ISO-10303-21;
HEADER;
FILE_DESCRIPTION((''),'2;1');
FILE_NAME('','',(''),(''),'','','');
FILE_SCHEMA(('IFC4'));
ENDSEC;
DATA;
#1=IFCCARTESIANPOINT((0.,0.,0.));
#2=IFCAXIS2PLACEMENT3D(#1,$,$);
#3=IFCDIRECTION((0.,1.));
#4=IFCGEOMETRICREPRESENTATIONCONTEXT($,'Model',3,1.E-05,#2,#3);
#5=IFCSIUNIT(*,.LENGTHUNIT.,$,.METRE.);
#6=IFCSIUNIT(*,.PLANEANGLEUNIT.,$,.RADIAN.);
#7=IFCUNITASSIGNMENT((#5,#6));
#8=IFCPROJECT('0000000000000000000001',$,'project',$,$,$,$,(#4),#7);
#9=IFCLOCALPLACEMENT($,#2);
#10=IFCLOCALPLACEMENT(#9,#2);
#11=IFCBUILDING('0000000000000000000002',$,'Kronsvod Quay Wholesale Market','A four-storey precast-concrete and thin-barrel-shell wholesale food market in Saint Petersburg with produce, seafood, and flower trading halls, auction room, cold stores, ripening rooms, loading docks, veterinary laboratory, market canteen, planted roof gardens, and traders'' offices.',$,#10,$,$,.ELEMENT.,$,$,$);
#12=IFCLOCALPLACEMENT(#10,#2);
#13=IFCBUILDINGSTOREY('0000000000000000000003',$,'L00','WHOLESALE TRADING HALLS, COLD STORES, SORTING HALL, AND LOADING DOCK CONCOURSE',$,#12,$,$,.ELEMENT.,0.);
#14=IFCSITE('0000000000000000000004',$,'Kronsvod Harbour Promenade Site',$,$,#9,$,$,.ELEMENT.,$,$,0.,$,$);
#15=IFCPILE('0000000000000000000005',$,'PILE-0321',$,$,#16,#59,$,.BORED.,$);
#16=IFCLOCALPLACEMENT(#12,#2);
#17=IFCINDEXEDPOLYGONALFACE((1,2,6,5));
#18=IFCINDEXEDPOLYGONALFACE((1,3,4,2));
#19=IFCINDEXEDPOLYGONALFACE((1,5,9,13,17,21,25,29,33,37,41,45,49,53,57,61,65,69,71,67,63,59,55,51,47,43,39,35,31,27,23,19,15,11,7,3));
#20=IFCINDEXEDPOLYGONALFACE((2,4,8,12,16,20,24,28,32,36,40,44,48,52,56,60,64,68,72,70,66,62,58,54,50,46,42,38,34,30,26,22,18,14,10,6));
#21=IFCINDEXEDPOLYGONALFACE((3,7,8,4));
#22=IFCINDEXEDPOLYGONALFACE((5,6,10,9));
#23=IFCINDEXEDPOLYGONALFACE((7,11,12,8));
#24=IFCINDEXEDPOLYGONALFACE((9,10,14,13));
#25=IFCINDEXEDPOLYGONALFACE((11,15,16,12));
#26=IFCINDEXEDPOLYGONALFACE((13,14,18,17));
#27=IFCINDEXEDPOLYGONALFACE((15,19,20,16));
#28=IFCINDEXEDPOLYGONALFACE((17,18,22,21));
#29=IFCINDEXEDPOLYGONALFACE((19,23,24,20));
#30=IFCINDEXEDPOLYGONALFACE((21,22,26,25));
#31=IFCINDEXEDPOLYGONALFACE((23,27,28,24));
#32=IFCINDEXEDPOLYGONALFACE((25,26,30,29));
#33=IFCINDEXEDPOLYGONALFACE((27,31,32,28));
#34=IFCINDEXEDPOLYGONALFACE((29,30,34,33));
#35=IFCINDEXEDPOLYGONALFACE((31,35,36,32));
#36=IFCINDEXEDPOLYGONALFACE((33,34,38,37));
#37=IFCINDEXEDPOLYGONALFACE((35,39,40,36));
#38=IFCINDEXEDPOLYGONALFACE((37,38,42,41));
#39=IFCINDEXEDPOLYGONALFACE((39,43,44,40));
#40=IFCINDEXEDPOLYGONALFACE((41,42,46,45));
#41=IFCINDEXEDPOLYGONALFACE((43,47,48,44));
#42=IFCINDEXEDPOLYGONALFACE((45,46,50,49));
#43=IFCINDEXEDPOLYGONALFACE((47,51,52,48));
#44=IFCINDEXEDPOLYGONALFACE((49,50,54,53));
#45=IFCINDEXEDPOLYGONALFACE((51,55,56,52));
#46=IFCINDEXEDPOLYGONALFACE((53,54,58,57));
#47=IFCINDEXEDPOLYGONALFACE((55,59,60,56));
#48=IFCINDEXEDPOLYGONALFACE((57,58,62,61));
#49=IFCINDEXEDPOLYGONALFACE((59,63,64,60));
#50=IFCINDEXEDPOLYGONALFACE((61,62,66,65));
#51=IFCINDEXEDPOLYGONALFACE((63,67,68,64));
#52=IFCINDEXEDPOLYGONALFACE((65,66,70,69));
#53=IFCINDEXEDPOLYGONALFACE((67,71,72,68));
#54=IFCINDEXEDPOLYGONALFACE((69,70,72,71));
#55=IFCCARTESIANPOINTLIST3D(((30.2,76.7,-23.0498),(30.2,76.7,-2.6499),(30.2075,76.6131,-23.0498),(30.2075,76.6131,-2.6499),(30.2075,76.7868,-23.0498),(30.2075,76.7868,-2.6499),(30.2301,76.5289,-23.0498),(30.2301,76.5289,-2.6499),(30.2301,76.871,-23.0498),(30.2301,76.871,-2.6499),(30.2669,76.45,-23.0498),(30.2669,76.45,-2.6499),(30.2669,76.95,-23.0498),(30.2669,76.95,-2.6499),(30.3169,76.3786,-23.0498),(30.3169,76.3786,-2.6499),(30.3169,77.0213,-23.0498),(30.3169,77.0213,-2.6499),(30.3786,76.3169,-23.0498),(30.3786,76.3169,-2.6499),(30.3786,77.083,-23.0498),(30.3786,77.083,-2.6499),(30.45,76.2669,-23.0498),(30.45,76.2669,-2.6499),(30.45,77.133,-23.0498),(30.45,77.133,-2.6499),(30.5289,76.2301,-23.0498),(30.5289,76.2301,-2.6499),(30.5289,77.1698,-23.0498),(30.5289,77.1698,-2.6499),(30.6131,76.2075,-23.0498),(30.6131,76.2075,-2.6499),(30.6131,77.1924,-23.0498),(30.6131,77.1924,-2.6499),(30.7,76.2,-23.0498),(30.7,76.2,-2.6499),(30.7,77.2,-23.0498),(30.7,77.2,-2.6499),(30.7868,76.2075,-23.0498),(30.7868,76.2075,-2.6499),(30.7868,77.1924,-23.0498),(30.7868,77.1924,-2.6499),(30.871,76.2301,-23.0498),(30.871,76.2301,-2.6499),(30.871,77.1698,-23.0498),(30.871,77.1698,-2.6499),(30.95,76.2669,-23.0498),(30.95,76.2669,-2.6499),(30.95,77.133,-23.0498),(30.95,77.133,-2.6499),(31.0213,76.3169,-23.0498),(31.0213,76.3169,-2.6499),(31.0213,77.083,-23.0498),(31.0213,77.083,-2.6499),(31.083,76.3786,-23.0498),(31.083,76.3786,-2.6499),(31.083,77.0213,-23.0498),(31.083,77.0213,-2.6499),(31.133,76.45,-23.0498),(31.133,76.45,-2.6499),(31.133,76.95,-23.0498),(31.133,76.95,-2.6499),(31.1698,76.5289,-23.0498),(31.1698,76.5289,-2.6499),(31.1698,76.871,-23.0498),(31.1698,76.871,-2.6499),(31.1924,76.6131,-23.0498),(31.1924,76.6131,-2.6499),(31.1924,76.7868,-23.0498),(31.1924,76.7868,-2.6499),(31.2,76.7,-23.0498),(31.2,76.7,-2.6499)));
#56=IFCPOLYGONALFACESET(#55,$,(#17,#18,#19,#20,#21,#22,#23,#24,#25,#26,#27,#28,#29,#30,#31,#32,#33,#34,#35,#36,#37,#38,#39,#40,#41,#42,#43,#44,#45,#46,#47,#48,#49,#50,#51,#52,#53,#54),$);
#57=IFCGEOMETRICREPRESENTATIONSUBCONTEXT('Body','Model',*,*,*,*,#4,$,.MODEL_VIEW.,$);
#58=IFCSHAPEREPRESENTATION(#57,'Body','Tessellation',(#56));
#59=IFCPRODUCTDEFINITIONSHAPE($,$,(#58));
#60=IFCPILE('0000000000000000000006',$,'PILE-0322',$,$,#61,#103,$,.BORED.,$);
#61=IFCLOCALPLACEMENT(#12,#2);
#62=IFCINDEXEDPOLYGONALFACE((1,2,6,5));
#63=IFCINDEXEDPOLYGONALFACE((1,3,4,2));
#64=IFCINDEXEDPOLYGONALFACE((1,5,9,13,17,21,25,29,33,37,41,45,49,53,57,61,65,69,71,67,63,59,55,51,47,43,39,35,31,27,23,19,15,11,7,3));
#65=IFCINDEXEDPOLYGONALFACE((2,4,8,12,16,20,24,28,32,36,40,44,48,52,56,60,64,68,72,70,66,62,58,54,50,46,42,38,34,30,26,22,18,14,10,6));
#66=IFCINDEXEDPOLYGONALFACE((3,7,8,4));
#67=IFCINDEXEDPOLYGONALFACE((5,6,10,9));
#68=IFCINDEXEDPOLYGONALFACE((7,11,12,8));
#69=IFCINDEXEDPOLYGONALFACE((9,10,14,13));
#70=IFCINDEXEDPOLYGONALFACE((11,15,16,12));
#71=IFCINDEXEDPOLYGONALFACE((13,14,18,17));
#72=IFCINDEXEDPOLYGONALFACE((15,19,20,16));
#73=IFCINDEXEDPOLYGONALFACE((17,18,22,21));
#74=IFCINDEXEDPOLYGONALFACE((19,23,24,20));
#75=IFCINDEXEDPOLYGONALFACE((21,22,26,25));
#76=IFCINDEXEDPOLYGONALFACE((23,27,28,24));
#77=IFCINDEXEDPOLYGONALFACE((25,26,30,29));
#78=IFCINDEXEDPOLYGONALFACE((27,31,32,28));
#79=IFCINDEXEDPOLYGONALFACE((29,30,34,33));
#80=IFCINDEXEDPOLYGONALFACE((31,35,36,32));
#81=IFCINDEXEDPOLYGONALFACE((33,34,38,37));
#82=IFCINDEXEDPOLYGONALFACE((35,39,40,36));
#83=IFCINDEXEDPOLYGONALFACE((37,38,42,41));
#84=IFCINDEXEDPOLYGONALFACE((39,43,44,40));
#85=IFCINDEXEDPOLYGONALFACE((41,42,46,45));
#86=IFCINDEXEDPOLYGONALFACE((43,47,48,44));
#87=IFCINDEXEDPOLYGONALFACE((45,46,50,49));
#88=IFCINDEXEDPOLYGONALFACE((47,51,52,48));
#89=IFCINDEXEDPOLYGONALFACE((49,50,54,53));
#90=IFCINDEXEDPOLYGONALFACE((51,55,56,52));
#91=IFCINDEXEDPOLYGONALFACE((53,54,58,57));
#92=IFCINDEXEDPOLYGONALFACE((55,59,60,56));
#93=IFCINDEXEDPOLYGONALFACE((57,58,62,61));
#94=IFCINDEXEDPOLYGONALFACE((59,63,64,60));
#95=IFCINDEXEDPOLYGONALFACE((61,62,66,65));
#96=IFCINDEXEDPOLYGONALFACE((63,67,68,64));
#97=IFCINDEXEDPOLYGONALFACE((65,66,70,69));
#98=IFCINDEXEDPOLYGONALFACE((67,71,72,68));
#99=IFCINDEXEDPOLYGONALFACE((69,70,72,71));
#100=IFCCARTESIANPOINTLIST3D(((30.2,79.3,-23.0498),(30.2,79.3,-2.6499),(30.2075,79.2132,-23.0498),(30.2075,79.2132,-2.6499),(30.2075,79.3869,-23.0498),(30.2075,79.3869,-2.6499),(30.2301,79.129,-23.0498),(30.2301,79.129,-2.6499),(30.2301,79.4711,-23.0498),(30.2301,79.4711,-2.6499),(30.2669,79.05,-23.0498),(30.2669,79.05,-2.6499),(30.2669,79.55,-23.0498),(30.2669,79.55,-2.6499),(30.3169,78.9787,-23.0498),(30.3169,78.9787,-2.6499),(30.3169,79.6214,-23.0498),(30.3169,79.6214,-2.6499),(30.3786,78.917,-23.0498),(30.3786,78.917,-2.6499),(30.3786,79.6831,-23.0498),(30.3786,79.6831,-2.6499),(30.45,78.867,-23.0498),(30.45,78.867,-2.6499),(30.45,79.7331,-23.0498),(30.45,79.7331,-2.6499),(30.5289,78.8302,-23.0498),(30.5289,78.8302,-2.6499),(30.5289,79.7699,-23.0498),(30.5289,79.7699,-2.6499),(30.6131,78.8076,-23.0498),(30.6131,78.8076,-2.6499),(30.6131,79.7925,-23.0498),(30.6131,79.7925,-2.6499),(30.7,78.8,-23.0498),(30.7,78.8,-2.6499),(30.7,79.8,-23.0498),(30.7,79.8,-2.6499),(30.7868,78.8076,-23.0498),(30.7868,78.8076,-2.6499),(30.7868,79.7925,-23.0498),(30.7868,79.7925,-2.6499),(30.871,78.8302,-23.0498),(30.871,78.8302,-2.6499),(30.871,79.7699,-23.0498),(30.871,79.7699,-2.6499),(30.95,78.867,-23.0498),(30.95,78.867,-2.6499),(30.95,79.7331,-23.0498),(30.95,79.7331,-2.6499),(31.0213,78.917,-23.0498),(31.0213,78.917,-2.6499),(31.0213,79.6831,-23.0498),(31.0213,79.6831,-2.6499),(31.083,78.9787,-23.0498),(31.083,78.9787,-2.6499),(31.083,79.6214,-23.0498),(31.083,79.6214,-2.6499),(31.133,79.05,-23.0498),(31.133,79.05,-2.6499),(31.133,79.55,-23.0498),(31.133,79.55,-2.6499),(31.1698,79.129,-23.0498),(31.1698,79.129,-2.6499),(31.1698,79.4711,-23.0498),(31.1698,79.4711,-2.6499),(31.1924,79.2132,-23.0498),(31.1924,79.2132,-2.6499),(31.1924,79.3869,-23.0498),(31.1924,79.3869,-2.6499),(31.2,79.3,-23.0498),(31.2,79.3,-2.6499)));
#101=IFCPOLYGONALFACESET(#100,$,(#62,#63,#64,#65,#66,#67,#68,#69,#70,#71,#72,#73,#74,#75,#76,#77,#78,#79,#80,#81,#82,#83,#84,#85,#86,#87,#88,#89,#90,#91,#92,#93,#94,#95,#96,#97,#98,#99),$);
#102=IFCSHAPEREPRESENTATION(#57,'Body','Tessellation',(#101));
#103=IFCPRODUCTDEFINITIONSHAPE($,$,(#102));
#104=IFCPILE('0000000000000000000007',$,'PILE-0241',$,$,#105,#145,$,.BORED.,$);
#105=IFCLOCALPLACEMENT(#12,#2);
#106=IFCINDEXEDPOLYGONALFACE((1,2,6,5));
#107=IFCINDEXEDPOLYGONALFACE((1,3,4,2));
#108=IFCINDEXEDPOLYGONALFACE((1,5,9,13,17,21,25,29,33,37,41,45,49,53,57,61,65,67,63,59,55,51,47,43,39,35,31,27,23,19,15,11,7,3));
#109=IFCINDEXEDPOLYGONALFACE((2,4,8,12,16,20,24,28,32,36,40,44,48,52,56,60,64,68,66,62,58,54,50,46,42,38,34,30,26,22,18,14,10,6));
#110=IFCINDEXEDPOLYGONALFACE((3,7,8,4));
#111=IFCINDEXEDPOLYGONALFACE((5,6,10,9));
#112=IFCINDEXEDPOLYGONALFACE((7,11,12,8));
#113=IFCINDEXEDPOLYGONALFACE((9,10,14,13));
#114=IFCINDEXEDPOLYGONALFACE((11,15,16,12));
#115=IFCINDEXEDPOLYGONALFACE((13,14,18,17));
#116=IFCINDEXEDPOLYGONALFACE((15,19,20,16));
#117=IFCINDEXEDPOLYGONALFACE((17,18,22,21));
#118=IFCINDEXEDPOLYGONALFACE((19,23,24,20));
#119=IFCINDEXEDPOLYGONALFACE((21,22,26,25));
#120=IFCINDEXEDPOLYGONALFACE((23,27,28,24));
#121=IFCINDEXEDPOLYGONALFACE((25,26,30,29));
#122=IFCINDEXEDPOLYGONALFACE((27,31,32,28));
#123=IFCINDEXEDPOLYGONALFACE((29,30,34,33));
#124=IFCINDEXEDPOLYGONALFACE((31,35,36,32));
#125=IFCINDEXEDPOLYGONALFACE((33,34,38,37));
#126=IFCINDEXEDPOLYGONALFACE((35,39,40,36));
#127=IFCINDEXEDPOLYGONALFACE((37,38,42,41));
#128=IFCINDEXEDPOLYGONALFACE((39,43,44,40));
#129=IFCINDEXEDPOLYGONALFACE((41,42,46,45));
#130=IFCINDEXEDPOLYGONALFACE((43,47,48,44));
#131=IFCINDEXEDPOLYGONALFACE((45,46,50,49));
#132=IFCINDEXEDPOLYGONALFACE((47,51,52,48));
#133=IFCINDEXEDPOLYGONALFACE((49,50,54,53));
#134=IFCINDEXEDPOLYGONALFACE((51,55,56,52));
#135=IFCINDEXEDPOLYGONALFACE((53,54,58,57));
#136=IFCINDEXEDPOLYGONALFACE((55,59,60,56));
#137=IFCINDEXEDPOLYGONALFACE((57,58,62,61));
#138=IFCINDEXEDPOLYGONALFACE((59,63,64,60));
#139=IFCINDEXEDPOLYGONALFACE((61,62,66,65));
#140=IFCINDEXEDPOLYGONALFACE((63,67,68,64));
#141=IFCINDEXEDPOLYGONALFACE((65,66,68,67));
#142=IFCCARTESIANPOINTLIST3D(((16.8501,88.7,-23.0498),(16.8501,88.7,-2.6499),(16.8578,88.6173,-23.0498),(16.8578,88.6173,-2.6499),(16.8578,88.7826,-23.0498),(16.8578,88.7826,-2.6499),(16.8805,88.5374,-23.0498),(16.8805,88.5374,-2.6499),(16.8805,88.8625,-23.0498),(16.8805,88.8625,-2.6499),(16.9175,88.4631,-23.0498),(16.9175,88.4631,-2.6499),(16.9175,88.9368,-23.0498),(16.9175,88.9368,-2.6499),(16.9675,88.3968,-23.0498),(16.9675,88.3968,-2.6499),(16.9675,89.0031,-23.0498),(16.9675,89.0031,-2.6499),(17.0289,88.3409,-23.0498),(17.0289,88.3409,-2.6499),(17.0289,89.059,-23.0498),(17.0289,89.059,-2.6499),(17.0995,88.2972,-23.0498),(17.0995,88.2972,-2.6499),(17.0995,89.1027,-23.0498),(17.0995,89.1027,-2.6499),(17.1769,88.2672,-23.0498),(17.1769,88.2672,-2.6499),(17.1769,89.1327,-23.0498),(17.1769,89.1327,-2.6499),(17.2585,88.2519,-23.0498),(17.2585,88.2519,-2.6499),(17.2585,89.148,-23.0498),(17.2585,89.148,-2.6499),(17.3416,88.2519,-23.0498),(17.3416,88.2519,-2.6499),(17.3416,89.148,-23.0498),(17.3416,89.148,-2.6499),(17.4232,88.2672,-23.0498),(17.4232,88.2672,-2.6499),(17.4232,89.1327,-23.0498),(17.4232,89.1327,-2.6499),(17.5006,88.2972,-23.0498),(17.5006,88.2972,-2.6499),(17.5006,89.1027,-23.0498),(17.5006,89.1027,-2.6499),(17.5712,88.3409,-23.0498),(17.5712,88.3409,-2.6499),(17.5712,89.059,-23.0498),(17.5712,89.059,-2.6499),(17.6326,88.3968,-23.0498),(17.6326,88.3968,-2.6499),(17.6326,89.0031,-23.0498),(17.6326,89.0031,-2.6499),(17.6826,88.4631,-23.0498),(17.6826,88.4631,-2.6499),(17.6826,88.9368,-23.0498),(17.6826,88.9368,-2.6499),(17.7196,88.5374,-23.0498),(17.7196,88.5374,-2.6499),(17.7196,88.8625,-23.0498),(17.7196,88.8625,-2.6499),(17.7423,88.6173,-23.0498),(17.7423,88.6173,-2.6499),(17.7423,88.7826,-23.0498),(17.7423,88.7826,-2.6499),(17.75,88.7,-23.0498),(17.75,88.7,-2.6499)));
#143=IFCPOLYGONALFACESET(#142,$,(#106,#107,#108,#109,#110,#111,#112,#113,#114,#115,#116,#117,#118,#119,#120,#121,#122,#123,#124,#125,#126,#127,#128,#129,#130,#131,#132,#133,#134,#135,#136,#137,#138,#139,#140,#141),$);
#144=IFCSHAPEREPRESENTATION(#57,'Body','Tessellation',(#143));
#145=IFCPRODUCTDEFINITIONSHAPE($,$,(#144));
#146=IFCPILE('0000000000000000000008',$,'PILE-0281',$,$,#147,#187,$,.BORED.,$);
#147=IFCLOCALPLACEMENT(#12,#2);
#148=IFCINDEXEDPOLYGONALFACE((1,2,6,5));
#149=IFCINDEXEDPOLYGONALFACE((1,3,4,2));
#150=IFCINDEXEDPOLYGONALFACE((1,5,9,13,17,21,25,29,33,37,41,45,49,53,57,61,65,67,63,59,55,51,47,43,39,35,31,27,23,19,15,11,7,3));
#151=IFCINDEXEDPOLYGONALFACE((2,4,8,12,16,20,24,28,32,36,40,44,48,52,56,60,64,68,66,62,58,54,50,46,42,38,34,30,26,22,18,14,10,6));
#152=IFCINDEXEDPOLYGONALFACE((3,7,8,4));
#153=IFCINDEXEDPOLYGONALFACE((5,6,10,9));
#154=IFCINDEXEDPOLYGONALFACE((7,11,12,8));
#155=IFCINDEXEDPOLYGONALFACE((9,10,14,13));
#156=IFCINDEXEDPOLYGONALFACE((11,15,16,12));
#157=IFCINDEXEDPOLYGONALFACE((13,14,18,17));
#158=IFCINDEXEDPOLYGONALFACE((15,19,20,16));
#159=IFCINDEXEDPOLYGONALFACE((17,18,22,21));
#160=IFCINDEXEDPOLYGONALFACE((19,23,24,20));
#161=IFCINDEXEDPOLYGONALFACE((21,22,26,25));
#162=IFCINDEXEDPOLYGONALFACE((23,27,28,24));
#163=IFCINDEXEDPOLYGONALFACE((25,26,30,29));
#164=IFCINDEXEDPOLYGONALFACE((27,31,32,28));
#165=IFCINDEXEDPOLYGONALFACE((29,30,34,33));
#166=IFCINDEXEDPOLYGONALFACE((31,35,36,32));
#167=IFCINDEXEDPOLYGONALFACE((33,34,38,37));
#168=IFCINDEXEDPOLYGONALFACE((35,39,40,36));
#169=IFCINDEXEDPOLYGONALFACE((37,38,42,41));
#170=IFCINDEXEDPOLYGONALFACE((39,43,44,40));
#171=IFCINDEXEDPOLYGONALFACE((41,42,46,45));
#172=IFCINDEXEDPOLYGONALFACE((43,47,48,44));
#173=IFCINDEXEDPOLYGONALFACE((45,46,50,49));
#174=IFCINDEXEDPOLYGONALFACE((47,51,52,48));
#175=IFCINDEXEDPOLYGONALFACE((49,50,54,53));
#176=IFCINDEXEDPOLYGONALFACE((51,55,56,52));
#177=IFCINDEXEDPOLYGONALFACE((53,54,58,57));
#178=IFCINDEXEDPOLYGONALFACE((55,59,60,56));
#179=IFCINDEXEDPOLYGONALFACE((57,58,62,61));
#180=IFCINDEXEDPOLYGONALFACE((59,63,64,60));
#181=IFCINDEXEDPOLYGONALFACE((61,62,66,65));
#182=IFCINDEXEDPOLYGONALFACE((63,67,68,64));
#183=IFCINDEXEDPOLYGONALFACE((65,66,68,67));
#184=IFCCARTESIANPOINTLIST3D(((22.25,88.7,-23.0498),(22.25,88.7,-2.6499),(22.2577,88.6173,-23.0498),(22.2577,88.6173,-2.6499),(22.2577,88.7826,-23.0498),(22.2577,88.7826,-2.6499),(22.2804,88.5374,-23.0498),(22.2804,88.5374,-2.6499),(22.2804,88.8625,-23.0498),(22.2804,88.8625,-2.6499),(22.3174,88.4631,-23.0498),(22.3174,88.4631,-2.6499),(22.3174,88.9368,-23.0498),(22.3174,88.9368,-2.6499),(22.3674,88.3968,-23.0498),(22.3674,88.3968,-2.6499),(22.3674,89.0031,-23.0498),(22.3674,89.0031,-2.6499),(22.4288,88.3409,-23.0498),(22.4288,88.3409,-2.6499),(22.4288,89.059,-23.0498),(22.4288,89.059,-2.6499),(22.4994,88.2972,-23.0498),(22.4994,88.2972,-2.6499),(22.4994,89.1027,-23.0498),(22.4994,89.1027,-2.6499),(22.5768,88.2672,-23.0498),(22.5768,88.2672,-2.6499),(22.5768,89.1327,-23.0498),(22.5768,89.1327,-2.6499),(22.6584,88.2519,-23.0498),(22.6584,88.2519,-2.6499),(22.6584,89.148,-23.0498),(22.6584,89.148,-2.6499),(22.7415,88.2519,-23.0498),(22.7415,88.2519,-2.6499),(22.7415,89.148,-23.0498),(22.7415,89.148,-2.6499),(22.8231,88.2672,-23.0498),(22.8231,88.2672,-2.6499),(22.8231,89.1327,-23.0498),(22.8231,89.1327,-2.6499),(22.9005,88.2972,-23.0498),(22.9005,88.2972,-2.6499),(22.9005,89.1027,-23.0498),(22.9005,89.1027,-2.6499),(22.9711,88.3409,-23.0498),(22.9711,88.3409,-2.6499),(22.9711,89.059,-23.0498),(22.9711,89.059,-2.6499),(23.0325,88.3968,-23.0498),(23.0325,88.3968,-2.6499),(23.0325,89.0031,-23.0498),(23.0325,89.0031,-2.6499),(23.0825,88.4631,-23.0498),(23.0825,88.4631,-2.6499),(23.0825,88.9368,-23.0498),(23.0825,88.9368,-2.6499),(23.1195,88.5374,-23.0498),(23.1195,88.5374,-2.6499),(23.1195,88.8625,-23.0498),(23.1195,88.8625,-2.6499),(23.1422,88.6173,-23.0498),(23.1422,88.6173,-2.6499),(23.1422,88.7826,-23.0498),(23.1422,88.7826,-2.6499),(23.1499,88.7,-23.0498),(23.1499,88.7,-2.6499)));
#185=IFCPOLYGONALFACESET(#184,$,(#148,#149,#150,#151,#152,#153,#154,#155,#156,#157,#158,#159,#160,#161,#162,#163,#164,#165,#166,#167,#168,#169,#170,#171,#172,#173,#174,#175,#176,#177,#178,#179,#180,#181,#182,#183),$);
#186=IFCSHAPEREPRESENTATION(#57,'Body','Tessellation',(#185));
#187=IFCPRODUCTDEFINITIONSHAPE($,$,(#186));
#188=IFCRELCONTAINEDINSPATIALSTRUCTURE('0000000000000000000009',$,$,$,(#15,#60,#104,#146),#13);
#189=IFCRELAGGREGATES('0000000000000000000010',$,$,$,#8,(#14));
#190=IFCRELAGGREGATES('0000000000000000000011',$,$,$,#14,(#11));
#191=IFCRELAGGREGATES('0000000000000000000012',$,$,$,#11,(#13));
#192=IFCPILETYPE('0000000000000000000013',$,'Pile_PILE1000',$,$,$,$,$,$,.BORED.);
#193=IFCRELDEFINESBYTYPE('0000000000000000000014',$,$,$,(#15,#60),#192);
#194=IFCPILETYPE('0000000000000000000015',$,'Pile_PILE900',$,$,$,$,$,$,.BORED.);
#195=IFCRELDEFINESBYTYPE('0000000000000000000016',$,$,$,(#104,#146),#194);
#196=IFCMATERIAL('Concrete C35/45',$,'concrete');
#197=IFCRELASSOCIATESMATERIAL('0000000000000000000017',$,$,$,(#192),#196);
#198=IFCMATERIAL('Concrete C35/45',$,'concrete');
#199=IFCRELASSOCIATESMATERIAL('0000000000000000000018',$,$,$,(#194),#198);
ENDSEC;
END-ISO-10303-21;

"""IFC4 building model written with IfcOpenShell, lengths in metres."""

from ifc_helpers import new_model, si_unit, direction, frame, origin, origin_2d, place, context, subcontext, project, spatial, circle, extrude, material, material_profile, profile_set, type_object, element, save


model = new_model("IFC4")

# Units and contexts
model_context = context("Model", 3, precision=1e-05, world=origin(), true_north=direction((0.0, 1.0)))
body_context = subcontext(model_context, "Body", "Model", "MODEL_VIEW")
ifc_project = project(units=[si_unit("LENGTHUNIT", "METRE"), si_unit("PLANEANGLEUNIT", "RADIAN")], contexts=[model_context])

# Site, building, storey
site_placement = place(None, origin())
site = spatial("IfcSite", under=ifc_project, at=site_placement, Name="Kronsvod Harbour Promenade Site", CompositionType="ELEMENT", RefElevation=0.0)
building_placement = place(site_placement, origin())
building = spatial("IfcBuilding", under=site, at=building_placement, Name="Kronsvod Quay Wholesale Market", Description="A four-storey precast-concrete and thin-barrel-shell wholesale food market in Saint Petersburg with produce, seafood, and flower trading halls, auction room, cold stores, ripening rooms, loading docks, veterinary laboratory, market canteen, planted roof gardens, and traders' offices.", CompositionType="ELEMENT")
storey_placement = place(building_placement, origin())
storey = spatial("IfcBuildingStorey", under=building, at=storey_placement, Name="L00", Description="WHOLESALE TRADING HALLS, COLD STORES, SORTING HALL, AND LOADING DOCK CONCOURSE", CompositionType="ELEMENT", Elevation=0.0)

# Piles
ifc_material_1 = material(Name="Concrete C35/45", Category="concrete")
ifc_material_profile_1 = material_profile(ifc_material_1, circle(Radius=0.5, at=origin_2d()), Name="PILE1000")
ifc_profile_set_1 = profile_set([ifc_material_profile_1], Name="Concrete C35/45")
pile_type_1 = type_object("IfcPileType", Name="Pile_PILE1000", PredefinedType="BORED", material=ifc_profile_set_1)
for number, where, z_axis, x_axis, name in (
    (1, (30.7, 76.7, -2.6499), (0.0, 0.0, -1.0), (1.0, 0.0, 0.0), "PILE-0321"),
    (2, (30.7, 79.3, -2.6499), (0.0, 0.0, -1.0), (1.0, 0.0, 0.0), "PILE-0322"),
):
    element("IfcPile", number, at=place(storey_placement, frame(where, z_axis=z_axis, x_axis=x_axis)), inside=storey, type_object=pile_type_1, Name=name, PredefinedType="BORED", context=body_context, shape_type="SweptSolid", body=[
        extrude(circle(Radius=0.5, at=origin_2d()), origin(), (0.0, 0.0, 1.0), 20.3999),
    ])
ifc_material_2 = material(Name="Concrete C35/45", Category="concrete")
ifc_material_profile_2 = material_profile(ifc_material_2, circle(Radius=0.45, at=origin_2d()), Name="PILE900")
ifc_profile_set_2 = profile_set([ifc_material_profile_2], Name="Concrete C35/45")
pile_type_2 = type_object("IfcPileType", Name="Pile_PILE900", PredefinedType="BORED", material=ifc_profile_set_2)
for number, where, z_axis, x_axis, name in (
    (3, (17.3, 88.7, -2.6499), (0.0, 0.0, -1.0), (1.0, 0.0, 0.0), "PILE-0241"),
    (4, (22.7, 88.7, -2.6499), (0.0, 0.0, -1.0), (1.0, 0.0, 0.0), "PILE-0281"),
):
    element("IfcPile", number, at=place(storey_placement, frame(where, z_axis=z_axis, x_axis=x_axis)), inside=storey, type_object=pile_type_2, Name=name, PredefinedType="BORED", context=body_context, shape_type="SweptSolid", body=[
        extrude(circle(Radius=0.45, at=origin_2d()), origin(), (0.0, 0.0, 1.0), 20.3999),
    ])

save(model, "model.ifc")
